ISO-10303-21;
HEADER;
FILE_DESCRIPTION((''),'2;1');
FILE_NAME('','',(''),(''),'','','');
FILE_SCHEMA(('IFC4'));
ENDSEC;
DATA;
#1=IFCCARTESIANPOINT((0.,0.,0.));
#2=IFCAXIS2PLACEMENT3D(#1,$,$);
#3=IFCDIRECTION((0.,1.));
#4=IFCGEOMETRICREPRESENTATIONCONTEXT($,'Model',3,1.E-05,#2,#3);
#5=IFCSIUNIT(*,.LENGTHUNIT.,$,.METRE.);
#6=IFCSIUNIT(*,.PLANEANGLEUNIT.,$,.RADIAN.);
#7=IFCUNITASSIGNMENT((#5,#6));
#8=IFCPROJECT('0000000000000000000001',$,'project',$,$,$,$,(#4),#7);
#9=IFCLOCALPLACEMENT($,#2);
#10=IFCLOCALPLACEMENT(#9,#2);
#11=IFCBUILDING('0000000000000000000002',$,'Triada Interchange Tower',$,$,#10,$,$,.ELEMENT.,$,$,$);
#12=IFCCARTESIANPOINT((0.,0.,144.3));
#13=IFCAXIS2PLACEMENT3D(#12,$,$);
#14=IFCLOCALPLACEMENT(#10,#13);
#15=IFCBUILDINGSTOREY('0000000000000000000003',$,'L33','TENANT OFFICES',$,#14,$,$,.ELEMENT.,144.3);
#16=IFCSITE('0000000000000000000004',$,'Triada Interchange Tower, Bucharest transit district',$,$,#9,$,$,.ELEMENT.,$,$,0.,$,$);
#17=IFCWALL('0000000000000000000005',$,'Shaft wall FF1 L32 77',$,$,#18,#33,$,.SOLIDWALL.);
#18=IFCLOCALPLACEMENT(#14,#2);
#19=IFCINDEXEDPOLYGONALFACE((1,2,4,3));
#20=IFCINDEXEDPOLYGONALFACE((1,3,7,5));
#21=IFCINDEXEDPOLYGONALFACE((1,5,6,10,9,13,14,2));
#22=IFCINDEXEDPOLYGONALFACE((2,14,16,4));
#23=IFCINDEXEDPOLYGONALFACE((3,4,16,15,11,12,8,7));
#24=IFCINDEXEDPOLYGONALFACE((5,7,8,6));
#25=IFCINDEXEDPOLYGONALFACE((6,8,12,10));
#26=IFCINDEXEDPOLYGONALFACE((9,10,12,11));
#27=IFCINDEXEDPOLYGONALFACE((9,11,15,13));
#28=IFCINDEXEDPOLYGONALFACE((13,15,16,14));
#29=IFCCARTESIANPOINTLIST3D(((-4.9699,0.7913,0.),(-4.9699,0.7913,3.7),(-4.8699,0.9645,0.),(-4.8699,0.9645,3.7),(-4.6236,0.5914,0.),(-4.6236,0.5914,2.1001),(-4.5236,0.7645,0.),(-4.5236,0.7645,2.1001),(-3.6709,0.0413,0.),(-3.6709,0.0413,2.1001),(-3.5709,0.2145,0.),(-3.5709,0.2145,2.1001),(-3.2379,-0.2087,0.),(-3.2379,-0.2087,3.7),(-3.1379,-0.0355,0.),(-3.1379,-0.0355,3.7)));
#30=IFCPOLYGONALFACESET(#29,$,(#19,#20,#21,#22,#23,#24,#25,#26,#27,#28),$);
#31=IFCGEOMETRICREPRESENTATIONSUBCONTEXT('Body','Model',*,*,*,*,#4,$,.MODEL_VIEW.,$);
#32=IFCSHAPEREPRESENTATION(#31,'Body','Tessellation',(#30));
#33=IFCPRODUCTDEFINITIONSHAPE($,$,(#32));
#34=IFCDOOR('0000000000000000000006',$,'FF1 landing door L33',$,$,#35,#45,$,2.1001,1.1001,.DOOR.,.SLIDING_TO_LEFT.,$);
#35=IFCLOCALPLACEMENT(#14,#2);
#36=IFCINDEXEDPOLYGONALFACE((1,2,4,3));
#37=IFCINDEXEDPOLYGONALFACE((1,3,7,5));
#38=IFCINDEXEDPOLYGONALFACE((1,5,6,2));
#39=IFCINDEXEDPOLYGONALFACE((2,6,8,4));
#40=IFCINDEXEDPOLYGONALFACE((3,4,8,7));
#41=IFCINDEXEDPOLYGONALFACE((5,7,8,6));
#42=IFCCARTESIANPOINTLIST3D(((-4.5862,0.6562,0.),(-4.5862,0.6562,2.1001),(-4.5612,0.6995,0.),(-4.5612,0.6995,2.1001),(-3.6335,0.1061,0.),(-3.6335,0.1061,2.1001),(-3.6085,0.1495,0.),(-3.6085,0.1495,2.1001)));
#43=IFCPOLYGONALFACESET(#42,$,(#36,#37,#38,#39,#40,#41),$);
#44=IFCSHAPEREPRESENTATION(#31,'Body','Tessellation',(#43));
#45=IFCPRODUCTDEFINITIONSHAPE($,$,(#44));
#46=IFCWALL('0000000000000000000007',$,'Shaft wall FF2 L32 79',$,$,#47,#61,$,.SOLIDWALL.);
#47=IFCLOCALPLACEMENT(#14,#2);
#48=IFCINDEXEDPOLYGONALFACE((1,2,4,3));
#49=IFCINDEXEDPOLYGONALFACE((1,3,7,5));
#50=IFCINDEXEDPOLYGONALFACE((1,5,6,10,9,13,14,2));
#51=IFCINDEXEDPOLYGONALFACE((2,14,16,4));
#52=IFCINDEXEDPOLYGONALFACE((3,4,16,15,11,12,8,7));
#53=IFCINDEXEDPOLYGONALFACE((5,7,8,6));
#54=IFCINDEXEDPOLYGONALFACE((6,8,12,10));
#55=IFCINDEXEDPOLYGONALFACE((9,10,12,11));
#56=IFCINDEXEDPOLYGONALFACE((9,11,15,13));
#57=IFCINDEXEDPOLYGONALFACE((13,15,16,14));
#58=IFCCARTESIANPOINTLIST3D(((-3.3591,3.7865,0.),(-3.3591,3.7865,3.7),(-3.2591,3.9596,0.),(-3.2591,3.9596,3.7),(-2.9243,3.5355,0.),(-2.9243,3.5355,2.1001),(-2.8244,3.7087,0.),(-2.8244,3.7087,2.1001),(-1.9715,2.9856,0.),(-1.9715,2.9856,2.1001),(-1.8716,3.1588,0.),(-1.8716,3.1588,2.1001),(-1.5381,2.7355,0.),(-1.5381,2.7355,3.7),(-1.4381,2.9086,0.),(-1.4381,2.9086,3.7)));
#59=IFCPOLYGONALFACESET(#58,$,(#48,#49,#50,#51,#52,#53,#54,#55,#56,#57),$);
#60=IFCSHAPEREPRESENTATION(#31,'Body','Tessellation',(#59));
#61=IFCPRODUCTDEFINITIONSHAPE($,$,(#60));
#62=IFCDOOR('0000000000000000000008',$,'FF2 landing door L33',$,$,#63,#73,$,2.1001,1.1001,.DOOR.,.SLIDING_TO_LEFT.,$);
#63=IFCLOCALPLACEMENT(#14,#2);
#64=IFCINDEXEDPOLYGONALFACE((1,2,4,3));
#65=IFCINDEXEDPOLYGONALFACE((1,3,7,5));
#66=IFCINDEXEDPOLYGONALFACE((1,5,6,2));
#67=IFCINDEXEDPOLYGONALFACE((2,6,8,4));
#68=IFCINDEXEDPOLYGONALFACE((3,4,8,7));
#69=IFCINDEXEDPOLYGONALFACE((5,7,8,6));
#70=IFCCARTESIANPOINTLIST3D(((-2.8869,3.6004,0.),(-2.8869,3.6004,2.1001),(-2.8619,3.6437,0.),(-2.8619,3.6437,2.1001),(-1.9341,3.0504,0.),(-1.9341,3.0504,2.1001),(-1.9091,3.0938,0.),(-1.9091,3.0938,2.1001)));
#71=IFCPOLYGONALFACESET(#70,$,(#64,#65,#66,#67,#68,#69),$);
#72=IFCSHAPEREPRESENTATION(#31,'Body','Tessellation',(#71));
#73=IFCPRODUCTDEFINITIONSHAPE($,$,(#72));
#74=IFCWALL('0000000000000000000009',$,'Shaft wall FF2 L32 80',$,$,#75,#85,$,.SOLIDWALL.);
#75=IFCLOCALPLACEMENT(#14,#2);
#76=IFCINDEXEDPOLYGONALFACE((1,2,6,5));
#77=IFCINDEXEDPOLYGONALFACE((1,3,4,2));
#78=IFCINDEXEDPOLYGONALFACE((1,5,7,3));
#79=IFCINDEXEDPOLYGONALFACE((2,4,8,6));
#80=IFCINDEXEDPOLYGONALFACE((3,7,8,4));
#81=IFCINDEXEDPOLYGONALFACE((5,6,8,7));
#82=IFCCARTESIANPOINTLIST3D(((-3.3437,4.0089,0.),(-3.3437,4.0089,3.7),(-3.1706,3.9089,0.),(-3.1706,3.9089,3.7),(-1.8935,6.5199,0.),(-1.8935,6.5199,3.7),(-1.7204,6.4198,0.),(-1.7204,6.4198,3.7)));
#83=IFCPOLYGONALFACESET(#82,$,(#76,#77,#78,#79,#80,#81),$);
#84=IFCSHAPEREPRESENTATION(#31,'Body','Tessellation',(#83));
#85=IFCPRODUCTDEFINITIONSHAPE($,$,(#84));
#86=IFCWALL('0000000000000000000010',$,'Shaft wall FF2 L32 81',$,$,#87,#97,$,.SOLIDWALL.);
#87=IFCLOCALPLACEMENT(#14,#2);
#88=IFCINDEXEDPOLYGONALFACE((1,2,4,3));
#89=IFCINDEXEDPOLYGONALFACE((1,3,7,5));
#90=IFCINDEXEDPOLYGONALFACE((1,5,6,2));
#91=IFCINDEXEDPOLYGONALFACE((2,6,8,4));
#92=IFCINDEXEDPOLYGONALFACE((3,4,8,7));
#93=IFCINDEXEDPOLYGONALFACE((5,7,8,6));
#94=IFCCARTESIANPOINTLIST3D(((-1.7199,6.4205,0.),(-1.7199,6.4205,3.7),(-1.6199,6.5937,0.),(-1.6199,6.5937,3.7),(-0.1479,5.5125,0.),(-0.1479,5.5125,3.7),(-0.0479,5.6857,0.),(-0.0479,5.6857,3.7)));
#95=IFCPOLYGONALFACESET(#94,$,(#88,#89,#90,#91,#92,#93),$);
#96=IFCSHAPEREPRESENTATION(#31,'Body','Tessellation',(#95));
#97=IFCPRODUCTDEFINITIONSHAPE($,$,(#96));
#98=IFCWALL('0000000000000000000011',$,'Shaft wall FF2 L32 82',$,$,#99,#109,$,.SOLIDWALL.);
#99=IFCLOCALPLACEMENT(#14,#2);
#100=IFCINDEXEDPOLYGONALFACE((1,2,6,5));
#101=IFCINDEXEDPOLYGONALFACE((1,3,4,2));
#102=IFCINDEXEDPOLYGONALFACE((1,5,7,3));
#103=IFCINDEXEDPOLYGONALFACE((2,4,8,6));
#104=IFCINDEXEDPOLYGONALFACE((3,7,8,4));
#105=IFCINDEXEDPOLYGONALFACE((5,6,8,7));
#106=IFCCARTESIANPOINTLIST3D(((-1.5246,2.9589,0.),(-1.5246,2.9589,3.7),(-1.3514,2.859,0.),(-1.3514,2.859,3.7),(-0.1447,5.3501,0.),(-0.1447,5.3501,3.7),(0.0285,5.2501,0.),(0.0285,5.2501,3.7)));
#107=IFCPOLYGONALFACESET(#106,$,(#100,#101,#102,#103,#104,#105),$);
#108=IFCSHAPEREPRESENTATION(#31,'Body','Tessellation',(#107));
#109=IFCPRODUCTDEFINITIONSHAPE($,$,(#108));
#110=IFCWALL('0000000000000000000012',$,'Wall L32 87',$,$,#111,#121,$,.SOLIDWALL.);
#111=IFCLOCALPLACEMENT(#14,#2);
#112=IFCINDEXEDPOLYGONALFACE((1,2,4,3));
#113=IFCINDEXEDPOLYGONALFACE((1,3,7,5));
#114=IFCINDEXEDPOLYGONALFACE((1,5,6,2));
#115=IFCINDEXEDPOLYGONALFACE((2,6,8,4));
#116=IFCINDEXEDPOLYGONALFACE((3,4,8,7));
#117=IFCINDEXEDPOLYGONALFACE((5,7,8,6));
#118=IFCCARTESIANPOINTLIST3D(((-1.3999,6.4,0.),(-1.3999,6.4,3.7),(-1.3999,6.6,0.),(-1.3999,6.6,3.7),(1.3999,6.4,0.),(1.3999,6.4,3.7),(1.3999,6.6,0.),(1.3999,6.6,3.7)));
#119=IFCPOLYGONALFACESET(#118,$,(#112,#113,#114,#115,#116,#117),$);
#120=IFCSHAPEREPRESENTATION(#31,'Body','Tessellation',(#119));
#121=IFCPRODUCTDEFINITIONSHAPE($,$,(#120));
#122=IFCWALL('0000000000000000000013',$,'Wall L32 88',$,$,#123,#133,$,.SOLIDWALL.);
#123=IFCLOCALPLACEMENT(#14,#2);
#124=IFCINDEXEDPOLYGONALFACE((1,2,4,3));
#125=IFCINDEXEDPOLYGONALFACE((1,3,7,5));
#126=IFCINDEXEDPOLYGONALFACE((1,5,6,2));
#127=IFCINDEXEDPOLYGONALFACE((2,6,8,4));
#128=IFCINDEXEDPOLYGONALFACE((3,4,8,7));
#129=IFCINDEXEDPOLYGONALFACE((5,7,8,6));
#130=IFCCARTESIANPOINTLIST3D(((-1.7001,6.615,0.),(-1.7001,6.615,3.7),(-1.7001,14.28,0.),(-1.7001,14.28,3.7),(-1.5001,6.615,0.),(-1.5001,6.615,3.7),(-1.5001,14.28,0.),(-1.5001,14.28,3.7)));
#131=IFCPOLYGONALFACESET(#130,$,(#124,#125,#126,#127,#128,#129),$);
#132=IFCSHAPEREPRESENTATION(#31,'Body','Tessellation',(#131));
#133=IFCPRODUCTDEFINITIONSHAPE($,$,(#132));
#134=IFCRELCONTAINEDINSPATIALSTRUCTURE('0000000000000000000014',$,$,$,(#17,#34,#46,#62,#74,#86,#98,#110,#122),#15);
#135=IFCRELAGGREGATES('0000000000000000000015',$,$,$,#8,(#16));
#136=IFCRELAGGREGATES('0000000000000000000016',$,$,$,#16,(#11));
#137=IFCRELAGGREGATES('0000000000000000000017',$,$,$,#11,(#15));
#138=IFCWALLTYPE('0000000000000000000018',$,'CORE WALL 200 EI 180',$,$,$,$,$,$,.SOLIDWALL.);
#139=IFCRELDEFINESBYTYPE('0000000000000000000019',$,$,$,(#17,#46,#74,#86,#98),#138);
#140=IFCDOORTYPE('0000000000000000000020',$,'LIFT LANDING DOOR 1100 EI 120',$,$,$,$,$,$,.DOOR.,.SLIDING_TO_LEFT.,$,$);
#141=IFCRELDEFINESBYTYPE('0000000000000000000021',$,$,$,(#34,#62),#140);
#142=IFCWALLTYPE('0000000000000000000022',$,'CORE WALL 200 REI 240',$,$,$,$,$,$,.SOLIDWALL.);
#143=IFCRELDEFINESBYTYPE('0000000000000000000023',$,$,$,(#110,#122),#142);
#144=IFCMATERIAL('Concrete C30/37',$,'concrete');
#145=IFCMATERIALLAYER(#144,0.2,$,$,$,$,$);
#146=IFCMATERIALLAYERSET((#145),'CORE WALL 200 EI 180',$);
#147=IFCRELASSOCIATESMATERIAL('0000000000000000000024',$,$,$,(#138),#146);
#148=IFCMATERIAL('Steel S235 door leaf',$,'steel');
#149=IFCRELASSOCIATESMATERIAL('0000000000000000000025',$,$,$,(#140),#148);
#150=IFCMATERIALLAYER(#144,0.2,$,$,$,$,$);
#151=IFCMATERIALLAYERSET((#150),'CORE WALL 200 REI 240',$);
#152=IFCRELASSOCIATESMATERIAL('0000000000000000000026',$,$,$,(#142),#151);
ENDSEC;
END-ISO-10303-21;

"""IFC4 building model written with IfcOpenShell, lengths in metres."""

from ifc_helpers import new_model, si_unit, direction, frame, frame_2d, origin, place, context, subcontext, project, spatial, rectangle, extrude, material, layer, layer_set, type_object, element, fill, save


model = new_model("IFC4")

# Units and contexts
model_context = context("Model", 3, precision=1e-05, world=origin(), true_north=direction((0.0, 1.0)))
body_context = subcontext(model_context, "Body", "Model", "MODEL_VIEW")
ifc_project = project(units=[si_unit("LENGTHUNIT", "METRE"), si_unit("PLANEANGLEUNIT", "RADIAN")], contexts=[model_context])

# Site, building, storey
site_placement = place(None, origin())
site = spatial("IfcSite", under=ifc_project, at=site_placement, Name="Triada Interchange Tower, Bucharest transit district", CompositionType="ELEMENT", RefElevation=0.0)
building_placement = place(site_placement, origin())
building = spatial("IfcBuilding", under=site, at=building_placement, Name="Triada Interchange Tower", CompositionType="ELEMENT")
storey_placement = place(building_placement, frame((0.0, 0.0, 144.3)))
storey = spatial("IfcBuildingStorey", under=building, at=storey_placement, Name="L33", Description="TENANT OFFICES", CompositionType="ELEMENT", Elevation=144.3)

# Shared definitions
ifc_material_1 = material(Name="Concrete C30/37", Category="concrete")

# Shared definitions
ifc_layer_1 = layer(ifc_material_1, 0.2)
ifc_layer_set_1 = layer_set([ifc_layer_1], Name="CORE WALL 200 EI 180")
wall_type_1 = type_object("IfcWallType", Name="CORE WALL 200 EI 180", PredefinedType="SOLIDWALL", material=ifc_layer_set_1)
ifc_material_2 = material(Name="Steel S235 door leaf", Category="steel")
door_type_1 = type_object("IfcDoorType", Name="LIFT LANDING DOOR 1100 EI 120", OperationType="SLIDING_TO_LEFT", PredefinedType="DOOR", material=ifc_material_2)

# Walls, openings, doors
wall_1_placement = place(storey_placement, frame((-4.9199, 0.8779, 0.0), z_axis=(0.0, 0.0, 1.0), x_axis=(0.866011, -0.500025, 0.0)))
wall_1 = element("IfcWall", 1, at=wall_1_placement, inside=storey, type_object=wall_type_1, Name="Shaft wall FF1 L32 77", PredefinedType="SOLIDWALL", context=body_context, shape_type="SweptSolid", body=[
    extrude(rectangle(XDim=2.0, YDim=0.2, at=frame_2d((1.0, 0.0))), origin(), (0.0, 0.0, 1.0), 3.7),
])
opening_1_placement = place(wall_1_placement, frame((0.3999, 0.0, 0.0)))
opening_1 = element("IfcOpeningElement", 2, at=opening_1_placement, cuts=wall_1, PredefinedType="OPENING", context=body_context, shape_type="SweptSolid", body=[
    extrude(rectangle(XDim=1.1001, YDim=2.1001, at=frame_2d((0.55, 1.05))), frame((0.0, 0.1099, 0.0), z_axis=(0.0, -1.0, 0.0), x_axis=(1.0, 0.0, 0.0)), (0.0, 0.0, 1.0), 0.22),
])
door_1_placement = place(opening_1_placement, origin())
door_1 = element("IfcDoor", 3, at=door_1_placement, inside=storey, type_object=door_type_1, Name="FF1 landing door L33", OperationType="SLIDING_TO_LEFT", OverallHeight=2.1001, OverallWidth=1.1001, PredefinedType="DOOR", context=body_context, shape_type="SweptSolid", body=[
    extrude(rectangle(XDim=1.1001, YDim=2.1001, at=frame_2d((0.55, 1.05))), frame((0.0, 0.0249, 0.0), z_axis=(0.0, -1.0, 0.0), x_axis=(1.0, 0.0, 0.0)), (0.0, 0.0, 1.0), 0.05),
])
fill(opening_1, door_1)
wall_2_placement = place(storey_placement, frame((-3.3091, 3.873, 0.0), z_axis=(0.0, 0.0, 1.0), x_axis=(0.866099, -0.499873, 0.0)))
wall_2 = element("IfcWall", 4, at=wall_2_placement, inside=storey, type_object=wall_type_1, Name="Shaft wall FF2 L32 79", PredefinedType="SOLIDWALL", context=body_context, shape_type="SweptSolid", body=[
    extrude(rectangle(XDim=2.1025, YDim=0.2, at=frame_2d((1.0513, 0.0))), origin(), (0.0, 0.0, 1.0), 3.7),
])
opening_2_placement = place(wall_2_placement, frame((0.502, 0.0, 0.0)))
opening_2 = element("IfcOpeningElement", 5, at=opening_2_placement, cuts=wall_2, PredefinedType="OPENING", context=body_context, shape_type="SweptSolid", body=[
    extrude(rectangle(XDim=1.1001, YDim=2.1001, at=frame_2d((0.55, 1.05))), frame((0.0, 0.1099, 0.0), z_axis=(0.0, -1.0, 0.0), x_axis=(1.0, 0.0, 0.0)), (0.0, 0.0, 1.0), 0.22),
])
door_2_placement = place(opening_2_placement, origin())
door_2 = element("IfcDoor", 6, at=door_2_placement, inside=storey, type_object=door_type_1, Name="FF2 landing door L33", OperationType="SLIDING_TO_LEFT", OverallHeight=2.1001, OverallWidth=1.1001, PredefinedType="DOOR", context=body_context, shape_type="SweptSolid", body=[
    extrude(rectangle(XDim=1.1001, YDim=2.1001, at=frame_2d((0.55, 1.05))), frame((0.0, 0.0249, 0.0), z_axis=(0.0, -1.0, 0.0), x_axis=(1.0, 0.0, 0.0)), (0.0, 0.0, 1.0), 0.05),
])
fill(opening_2, door_2)

# Walls
wall_3_placement = place(storey_placement, frame((-3.2571, 3.959, 0.0), z_axis=(0.0, 0.0, 1.0), x_axis=(0.500123, 0.865954, 0.0)))
element("IfcWall", 7, at=wall_3_placement, inside=storey, type_object=wall_type_1, Name="Shaft wall FF2 L32 80", PredefinedType="SOLIDWALL", context=body_context, shape_type="SweptSolid", body=[
    extrude(rectangle(XDim=2.8997, YDim=0.2, at=frame_2d((1.4497, 0.0))), origin(), (0.0, 0.0, 1.0), 3.7),
])
wall_4_placement = place(storey_placement, frame((-1.6699, 6.5071, 0.0), z_axis=(0.0, 0.0, 1.0), x_axis=(0.865941, -0.500145, 0.0)))
element("IfcWall", 8, at=wall_4_placement, inside=storey, type_object=wall_type_1, Name="Shaft wall FF2 L32 81", PredefinedType="SOLIDWALL", context=body_context, shape_type="SweptSolid", body=[
    extrude(rectangle(XDim=1.8154, YDim=0.2, at=frame_2d((0.9077, 0.0))), origin(), (0.0, 0.0, 1.0), 3.7),
])
wall_5_placement = place(storey_placement, frame((-1.438, 2.9089, 0.0), z_axis=(0.0, 0.0, 1.0), x_axis=(0.49983, 0.866124, 0.0)))
element("IfcWall", 9, at=wall_5_placement, inside=storey, type_object=wall_type_1, Name="Shaft wall FF2 L32 82", PredefinedType="SOLIDWALL", context=body_context, shape_type="SweptSolid", body=[
    extrude(rectangle(XDim=2.7607, YDim=0.2, at=frame_2d((1.3804, 0.0))), origin(), (0.0, 0.0, 1.0), 3.7),
])
ifc_layer_2 = layer(ifc_material_1, 0.2)
ifc_layer_set_2 = layer_set([ifc_layer_2], Name="CORE WALL 200 REI 240")
wall_type_2 = type_object("IfcWallType", Name="CORE WALL 200 REI 240", PredefinedType="SOLIDWALL", material=ifc_layer_set_2)
wall_6_placement = place(storey_placement, frame((-1.3999, 6.5, 0.0), z_axis=(0.0, 0.0, 1.0), x_axis=(1.0, 0.0, 0.0)))
element("IfcWall", 10, at=wall_6_placement, inside=storey, type_object=wall_type_2, Name="Wall L32 87", PredefinedType="SOLIDWALL", context=body_context, shape_type="SweptSolid", body=[
    extrude(rectangle(XDim=2.7998, YDim=0.2, at=frame_2d((1.3999, 0.0))), origin(), (0.0, 0.0, 1.0), 3.7),
])
wall_7_placement = place(storey_placement, frame((-1.6001, 6.615, 0.0), z_axis=(0.0, 0.0, 1.0), x_axis=(0.0, 1.0, 0.0)))
element("IfcWall", 11, at=wall_7_placement, inside=storey, type_object=wall_type_2, Name="Wall L32 88", PredefinedType="SOLIDWALL", context=body_context, shape_type="SweptSolid", body=[
    extrude(rectangle(XDim=7.665, YDim=0.2, at=frame_2d((3.8325, 0.0))), origin(), (0.0, 0.0, 1.0), 3.7),
])

save(model, "model.ifc")
